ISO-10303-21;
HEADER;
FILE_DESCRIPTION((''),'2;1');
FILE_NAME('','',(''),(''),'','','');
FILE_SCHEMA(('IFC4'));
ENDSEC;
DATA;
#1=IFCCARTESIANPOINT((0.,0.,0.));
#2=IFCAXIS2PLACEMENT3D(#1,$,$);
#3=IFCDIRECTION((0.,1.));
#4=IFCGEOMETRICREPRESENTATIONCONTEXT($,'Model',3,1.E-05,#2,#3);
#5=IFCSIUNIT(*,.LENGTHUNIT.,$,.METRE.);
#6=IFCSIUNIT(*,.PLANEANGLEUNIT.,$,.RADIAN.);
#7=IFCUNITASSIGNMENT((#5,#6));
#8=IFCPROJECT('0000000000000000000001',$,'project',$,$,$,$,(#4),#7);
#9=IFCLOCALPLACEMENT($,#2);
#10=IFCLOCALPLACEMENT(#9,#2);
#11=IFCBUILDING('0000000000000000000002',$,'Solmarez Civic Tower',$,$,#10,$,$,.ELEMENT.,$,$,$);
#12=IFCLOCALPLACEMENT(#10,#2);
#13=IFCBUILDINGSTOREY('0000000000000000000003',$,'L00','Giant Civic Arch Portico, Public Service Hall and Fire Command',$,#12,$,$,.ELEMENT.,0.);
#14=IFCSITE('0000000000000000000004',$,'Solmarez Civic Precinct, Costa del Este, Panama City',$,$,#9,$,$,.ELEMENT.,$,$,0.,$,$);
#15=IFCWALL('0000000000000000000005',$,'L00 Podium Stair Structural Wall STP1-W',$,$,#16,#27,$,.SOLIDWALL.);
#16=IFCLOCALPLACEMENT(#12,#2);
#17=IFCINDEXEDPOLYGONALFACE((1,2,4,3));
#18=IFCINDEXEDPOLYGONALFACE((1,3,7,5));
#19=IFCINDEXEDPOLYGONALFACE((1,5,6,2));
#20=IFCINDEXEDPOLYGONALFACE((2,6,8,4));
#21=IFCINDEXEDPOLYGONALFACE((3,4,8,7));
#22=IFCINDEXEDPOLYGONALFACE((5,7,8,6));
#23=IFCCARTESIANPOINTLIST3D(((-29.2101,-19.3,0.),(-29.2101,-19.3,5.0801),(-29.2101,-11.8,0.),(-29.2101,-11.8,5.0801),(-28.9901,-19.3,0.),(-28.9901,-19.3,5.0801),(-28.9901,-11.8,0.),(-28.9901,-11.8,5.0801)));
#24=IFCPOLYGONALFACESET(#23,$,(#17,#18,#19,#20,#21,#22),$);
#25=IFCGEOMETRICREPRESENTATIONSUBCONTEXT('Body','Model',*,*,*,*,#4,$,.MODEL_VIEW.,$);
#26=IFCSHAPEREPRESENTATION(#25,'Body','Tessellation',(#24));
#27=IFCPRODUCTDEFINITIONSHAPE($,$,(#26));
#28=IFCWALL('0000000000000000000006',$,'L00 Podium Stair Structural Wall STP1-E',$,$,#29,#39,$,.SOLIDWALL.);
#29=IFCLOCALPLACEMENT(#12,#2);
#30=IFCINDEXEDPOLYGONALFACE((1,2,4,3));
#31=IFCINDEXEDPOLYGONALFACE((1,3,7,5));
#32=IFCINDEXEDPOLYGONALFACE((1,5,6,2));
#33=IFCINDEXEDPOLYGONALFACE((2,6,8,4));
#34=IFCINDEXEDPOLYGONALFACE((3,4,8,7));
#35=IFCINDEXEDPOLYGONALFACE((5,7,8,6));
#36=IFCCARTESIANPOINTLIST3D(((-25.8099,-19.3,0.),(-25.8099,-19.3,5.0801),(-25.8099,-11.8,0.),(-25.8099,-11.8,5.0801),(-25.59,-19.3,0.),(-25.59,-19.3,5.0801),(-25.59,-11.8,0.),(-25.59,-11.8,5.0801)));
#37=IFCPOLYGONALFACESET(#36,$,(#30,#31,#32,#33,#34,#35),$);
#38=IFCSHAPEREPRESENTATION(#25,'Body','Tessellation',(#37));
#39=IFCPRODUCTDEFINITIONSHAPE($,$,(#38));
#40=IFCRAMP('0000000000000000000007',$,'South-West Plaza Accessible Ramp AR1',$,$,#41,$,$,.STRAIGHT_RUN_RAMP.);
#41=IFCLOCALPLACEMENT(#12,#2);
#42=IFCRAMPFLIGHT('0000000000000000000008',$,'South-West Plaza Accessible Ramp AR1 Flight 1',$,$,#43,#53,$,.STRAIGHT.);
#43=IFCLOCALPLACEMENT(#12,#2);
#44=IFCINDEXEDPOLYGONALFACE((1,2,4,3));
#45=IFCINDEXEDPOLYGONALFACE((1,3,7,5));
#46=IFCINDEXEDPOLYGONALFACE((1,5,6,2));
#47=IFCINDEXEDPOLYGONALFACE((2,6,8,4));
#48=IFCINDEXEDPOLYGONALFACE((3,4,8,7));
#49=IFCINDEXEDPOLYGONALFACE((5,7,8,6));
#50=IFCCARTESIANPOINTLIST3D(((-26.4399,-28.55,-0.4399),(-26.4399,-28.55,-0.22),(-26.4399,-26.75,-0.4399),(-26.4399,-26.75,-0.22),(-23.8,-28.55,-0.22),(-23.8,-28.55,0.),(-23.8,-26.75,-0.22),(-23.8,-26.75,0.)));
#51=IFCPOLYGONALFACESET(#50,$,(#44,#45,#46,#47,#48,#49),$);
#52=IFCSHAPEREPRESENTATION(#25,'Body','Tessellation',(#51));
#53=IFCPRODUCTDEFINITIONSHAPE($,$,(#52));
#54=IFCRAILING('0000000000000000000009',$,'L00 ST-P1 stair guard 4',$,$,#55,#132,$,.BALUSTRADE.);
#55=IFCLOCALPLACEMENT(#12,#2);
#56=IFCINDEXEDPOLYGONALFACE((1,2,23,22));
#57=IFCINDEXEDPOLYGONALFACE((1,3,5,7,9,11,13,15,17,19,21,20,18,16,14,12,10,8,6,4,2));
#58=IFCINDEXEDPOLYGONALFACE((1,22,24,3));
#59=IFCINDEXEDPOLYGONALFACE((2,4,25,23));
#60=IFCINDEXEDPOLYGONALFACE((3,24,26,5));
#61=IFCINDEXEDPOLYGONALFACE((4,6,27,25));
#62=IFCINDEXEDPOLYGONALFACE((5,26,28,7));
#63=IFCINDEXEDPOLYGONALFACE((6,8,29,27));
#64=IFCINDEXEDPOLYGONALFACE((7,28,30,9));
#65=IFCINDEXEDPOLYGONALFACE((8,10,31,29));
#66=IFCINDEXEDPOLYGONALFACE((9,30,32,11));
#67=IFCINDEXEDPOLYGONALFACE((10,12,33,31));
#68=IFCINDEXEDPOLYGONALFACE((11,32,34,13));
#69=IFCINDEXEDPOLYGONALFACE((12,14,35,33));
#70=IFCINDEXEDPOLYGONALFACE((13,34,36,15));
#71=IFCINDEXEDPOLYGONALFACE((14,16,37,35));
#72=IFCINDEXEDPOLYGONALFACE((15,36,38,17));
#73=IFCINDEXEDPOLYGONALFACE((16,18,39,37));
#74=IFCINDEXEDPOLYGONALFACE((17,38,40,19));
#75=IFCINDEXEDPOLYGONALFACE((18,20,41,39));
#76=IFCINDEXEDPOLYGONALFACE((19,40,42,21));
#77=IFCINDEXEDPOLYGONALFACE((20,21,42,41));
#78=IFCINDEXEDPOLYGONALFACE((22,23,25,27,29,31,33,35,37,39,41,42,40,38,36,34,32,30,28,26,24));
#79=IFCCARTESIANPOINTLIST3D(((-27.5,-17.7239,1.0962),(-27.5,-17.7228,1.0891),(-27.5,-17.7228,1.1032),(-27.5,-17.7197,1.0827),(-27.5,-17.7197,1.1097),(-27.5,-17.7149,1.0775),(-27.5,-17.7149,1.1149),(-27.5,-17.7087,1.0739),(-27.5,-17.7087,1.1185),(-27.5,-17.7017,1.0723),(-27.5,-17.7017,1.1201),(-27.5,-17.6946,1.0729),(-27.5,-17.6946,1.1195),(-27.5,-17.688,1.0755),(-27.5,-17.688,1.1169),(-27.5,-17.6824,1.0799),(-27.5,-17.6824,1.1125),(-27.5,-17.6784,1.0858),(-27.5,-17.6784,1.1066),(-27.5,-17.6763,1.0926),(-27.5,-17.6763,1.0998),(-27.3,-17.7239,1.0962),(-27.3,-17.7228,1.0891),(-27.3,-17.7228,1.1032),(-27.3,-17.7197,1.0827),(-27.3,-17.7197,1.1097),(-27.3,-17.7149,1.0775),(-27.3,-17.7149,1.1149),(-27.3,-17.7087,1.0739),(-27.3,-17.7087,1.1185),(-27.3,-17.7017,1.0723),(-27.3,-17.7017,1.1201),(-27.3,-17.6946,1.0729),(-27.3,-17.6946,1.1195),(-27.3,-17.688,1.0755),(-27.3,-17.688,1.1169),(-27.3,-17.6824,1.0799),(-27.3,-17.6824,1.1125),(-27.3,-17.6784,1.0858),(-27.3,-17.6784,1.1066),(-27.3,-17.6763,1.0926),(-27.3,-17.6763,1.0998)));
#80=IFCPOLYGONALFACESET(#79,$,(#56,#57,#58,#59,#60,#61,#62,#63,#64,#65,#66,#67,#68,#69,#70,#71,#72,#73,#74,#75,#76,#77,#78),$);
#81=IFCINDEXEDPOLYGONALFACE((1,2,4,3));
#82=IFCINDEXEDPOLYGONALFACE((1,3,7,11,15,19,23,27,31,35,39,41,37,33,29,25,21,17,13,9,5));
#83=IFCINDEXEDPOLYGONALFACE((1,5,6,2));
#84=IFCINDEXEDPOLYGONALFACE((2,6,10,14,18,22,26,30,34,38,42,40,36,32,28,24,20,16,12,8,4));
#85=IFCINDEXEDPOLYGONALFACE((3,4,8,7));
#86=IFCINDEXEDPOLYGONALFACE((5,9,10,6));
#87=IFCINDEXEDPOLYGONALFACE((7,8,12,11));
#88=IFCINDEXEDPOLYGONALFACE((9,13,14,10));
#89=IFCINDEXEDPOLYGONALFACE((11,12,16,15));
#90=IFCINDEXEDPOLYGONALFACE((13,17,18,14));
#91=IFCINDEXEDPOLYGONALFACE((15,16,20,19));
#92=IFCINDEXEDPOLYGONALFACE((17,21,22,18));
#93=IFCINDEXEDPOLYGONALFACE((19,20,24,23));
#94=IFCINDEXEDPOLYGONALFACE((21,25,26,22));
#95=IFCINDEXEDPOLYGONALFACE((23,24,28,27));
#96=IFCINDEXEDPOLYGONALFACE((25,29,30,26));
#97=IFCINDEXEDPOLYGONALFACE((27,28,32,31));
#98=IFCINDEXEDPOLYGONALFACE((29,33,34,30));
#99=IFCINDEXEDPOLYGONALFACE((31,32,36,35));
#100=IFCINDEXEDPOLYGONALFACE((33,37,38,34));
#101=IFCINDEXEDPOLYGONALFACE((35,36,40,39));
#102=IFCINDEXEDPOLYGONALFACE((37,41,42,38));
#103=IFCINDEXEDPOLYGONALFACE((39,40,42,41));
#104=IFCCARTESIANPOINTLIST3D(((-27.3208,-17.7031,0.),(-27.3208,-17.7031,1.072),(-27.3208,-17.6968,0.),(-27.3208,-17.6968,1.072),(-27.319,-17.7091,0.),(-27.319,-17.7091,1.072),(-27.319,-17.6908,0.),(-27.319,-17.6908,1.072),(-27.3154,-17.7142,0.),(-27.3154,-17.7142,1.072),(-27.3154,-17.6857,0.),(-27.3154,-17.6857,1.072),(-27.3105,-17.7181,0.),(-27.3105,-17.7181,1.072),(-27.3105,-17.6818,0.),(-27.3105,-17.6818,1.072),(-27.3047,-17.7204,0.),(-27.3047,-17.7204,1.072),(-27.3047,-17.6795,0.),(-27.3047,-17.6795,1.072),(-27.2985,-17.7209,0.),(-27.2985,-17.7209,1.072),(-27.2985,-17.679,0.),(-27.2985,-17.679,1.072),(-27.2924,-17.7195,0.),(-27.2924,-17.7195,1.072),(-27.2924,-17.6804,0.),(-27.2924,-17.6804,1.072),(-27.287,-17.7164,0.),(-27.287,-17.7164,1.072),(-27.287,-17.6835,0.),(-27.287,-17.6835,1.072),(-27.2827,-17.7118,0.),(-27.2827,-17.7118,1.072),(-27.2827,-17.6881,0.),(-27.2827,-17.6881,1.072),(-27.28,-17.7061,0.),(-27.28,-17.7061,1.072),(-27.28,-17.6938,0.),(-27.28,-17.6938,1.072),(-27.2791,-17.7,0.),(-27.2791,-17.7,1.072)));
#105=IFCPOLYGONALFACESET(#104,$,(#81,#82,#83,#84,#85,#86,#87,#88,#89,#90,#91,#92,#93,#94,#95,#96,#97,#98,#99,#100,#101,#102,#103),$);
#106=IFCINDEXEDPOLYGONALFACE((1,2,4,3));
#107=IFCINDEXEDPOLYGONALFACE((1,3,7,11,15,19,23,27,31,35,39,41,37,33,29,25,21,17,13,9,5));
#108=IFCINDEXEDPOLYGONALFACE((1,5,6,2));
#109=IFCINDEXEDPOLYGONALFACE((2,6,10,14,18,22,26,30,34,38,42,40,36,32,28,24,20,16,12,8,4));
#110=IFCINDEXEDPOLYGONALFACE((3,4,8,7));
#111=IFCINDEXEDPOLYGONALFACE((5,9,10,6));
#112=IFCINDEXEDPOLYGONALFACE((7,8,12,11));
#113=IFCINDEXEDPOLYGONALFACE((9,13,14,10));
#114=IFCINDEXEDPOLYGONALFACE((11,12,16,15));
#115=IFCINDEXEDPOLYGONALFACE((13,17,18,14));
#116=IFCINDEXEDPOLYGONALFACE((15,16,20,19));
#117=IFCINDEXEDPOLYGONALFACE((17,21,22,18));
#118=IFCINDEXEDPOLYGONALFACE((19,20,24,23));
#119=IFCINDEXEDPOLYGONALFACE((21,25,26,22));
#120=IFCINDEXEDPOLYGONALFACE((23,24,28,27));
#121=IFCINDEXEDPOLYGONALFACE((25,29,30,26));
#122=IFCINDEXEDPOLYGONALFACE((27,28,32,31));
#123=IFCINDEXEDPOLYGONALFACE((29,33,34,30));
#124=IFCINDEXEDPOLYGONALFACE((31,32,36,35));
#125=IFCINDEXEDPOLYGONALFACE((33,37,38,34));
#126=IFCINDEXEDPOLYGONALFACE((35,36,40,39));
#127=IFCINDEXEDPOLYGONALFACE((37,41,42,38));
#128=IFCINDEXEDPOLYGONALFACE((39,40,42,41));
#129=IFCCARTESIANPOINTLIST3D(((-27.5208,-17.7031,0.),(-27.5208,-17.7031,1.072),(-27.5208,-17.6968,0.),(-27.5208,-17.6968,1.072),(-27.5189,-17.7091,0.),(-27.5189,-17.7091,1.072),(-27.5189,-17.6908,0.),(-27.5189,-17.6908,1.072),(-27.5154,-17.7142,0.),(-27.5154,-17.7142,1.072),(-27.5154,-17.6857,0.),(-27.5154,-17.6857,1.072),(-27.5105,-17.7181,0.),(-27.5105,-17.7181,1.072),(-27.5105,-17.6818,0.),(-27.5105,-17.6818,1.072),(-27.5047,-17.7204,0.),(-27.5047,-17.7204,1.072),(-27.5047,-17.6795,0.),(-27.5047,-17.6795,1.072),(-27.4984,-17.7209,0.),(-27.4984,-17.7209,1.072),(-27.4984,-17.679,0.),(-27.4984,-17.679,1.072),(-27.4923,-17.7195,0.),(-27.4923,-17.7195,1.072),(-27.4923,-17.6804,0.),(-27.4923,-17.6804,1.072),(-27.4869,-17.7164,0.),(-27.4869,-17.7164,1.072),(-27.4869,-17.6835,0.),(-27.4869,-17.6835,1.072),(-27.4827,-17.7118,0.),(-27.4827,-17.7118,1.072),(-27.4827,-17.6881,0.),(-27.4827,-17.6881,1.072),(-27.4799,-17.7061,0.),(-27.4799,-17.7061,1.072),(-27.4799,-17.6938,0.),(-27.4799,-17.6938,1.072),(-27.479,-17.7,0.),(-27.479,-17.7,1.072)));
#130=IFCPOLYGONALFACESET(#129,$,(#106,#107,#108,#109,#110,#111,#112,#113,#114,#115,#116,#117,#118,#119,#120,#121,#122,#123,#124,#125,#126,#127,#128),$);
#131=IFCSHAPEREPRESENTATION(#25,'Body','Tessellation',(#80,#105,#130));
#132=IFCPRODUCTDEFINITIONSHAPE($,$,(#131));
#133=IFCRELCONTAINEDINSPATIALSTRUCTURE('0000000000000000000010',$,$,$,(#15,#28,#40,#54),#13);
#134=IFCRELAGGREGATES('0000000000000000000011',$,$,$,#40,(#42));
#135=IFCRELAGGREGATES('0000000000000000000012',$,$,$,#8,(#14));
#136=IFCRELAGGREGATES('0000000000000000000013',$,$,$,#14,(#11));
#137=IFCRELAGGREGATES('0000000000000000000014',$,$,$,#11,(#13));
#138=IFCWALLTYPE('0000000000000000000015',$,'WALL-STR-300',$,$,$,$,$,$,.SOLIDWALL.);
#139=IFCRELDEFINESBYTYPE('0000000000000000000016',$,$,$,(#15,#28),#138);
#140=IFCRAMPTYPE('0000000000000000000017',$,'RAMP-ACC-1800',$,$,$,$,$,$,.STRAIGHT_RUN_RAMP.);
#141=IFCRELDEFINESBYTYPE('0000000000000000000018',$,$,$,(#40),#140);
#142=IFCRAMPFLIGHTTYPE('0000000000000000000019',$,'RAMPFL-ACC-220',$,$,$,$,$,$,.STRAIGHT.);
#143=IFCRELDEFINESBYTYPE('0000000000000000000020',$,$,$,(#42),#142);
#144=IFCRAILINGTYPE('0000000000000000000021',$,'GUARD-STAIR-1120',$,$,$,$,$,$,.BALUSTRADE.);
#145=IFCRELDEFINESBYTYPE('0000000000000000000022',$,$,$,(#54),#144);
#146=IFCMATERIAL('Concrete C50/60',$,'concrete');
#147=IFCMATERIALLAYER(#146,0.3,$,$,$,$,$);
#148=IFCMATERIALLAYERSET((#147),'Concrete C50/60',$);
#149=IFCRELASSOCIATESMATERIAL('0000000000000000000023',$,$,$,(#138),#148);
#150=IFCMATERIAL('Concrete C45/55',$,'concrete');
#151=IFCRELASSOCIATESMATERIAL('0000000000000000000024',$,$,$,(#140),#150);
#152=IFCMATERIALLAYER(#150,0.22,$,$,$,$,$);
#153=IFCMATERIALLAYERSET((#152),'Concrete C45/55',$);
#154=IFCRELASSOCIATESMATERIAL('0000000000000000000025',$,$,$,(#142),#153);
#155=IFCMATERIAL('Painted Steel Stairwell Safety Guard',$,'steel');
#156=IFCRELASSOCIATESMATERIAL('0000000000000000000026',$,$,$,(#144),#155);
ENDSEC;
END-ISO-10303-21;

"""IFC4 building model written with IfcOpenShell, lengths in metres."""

from ifc_helpers import new_model, si_unit, direction, frame, frame_2d, origin, origin_2d, place, context, subcontext, project, spatial, polyline, rectangle, circle, outline, extrude, material, layer, layer_set, type_object, element, aggregate, save


model = new_model("IFC4")

# Units and contexts
model_context = context("Model", 3, precision=1e-05, world=origin(), true_north=direction((0.0, 1.0)))
body_context = subcontext(model_context, "Body", "Model", "MODEL_VIEW")
ifc_project = project(units=[si_unit("LENGTHUNIT", "METRE"), si_unit("PLANEANGLEUNIT", "RADIAN")], contexts=[model_context])

# Site, building, storey
site_placement = place(None, origin())
site = spatial("IfcSite", under=ifc_project, at=site_placement, Name="Solmarez Civic Precinct, Costa del Este, Panama City", CompositionType="ELEMENT", RefElevation=0.0)
building_placement = place(site_placement, origin())
building = spatial("IfcBuilding", under=site, at=building_placement, Name="Solmarez Civic Tower", CompositionType="ELEMENT")
storey_placement = place(building_placement, origin())
storey = spatial("IfcBuildingStorey", under=building, at=storey_placement, Name="L00", Description="Giant Civic Arch Portico, Public Service Hall and Fire Command", CompositionType="ELEMENT", Elevation=0.0)

# Shared definitions
ifc_material_1 = material(Name="Concrete C50/60", Category="concrete")

# Walls
ifc_layer_1 = layer(ifc_material_1, 0.3)
ifc_layer_set_1 = layer_set([ifc_layer_1], Name="Concrete C50/60")
wall_type_1 = type_object("IfcWallType", Name="WALL-STR-300", PredefinedType="SOLIDWALL", material=ifc_layer_set_1)
for number, where, z_axis, x_axis, name in (
    (1, (-29.1001, -19.3, 0.0), (0.0, 0.0, 1.0), (0.0, 1.0, 0.0), "L00 Podium Stair Structural Wall STP1-W"),
    (2, (-25.7, -19.3, 0.0), (0.0, 0.0, 1.0), (0.0, 1.0, 0.0), "L00 Podium Stair Structural Wall STP1-E"),
):
    element("IfcWall", number, at=place(storey_placement, frame(where, z_axis=z_axis, x_axis=x_axis)), inside=storey, type_object=wall_type_1, Name=name, PredefinedType="SOLIDWALL", context=body_context, shape_type="SweptSolid", body=[
        extrude(rectangle(XDim=7.5, YDim=0.22, at=frame_2d((3.75, 0.0))), origin(), (0.0, 0.0, 1.0), 5.0801),
    ])

# Ramp, ramp flight
ifc_material_2 = material(Name="Concrete C45/55", Category="concrete")
ramp_type = type_object("IfcRampType", Name="RAMP-ACC-1800", PredefinedType="STRAIGHT_RUN_RAMP", material=ifc_material_2)
ramp_placement = place(storey_placement, origin())
ramp = element("IfcRamp", 3, at=ramp_placement, inside=storey, type_object=ramp_type, Name="South-West Plaza Accessible Ramp AR1", PredefinedType="STRAIGHT_RUN_RAMP")
ifc_layer_2 = layer(ifc_material_2, 0.22)
ifc_layer_set_2 = layer_set([ifc_layer_2], Name="Concrete C45/55")
ramp_flight_type = type_object("IfcRampFlightType", Name="RAMPFL-ACC-220", PredefinedType="STRAIGHT", material=ifc_layer_set_2)
ramp_flight_placement = place(storey_placement, frame((-26.4399, -27.6499, -0.22), z_axis=(0.0, 0.0, 1.0), x_axis=(1.0, 0.0, 0.0)))
ramp_flight = element("IfcRampFlight", 4, at=ramp_flight_placement, type_object=ramp_flight_type, Name="South-West Plaza Accessible Ramp AR1 Flight 1", PredefinedType="STRAIGHT", context=body_context, shape_type="SweptSolid", body=[
    extrude(outline(polyline([(0.0, 0.0), (2.6399, 0.22), (2.6399, 0.0), (0.0, -0.22), (0.0, 0.0)])), frame((0.0, 0.8999, 0.0), z_axis=(0.0, -1.0, 0.0), x_axis=(1.0, 0.0, 0.0)), (0.0, 0.0, 1.0), 1.8),
])
aggregate(ramp, [ramp_flight])

# Railing
ifc_material_3 = material(Name="Painted Steel Stairwell Safety Guard", Category="steel")
railing_type_1 = type_object("IfcRailingType", Name="GUARD-STAIR-1120", PredefinedType="BALUSTRADE", material=ifc_material_3)
railing_placement = place(storey_placement, frame((-27.3, -17.7, 0.0)))
element("IfcRailing", 5, at=railing_placement, inside=storey, type_object=railing_type_1, Name="L00 ST-P1 stair guard 4", PredefinedType="BALUSTRADE", context=body_context, shape_type="SweptSolid", body=[
    extrude(circle(Radius=0.0239, at=origin_2d()), frame((0.0, 0.0, 1.0962), z_axis=(-1.0, 0.0, 0.0), x_axis=(0.0, -1.0, 0.0)), (0.0, 0.0, 1.0), 0.2),
    extrude(circle(Radius=0.021, at=origin_2d()), origin(), (0.0, 0.0, 1.0), 1.072),
    extrude(circle(Radius=0.021, at=origin_2d()), frame((-0.2, 0.0, 0.0)), (0.0, 0.0, 1.0), 1.072),
])

save(model, "model.ifc")
